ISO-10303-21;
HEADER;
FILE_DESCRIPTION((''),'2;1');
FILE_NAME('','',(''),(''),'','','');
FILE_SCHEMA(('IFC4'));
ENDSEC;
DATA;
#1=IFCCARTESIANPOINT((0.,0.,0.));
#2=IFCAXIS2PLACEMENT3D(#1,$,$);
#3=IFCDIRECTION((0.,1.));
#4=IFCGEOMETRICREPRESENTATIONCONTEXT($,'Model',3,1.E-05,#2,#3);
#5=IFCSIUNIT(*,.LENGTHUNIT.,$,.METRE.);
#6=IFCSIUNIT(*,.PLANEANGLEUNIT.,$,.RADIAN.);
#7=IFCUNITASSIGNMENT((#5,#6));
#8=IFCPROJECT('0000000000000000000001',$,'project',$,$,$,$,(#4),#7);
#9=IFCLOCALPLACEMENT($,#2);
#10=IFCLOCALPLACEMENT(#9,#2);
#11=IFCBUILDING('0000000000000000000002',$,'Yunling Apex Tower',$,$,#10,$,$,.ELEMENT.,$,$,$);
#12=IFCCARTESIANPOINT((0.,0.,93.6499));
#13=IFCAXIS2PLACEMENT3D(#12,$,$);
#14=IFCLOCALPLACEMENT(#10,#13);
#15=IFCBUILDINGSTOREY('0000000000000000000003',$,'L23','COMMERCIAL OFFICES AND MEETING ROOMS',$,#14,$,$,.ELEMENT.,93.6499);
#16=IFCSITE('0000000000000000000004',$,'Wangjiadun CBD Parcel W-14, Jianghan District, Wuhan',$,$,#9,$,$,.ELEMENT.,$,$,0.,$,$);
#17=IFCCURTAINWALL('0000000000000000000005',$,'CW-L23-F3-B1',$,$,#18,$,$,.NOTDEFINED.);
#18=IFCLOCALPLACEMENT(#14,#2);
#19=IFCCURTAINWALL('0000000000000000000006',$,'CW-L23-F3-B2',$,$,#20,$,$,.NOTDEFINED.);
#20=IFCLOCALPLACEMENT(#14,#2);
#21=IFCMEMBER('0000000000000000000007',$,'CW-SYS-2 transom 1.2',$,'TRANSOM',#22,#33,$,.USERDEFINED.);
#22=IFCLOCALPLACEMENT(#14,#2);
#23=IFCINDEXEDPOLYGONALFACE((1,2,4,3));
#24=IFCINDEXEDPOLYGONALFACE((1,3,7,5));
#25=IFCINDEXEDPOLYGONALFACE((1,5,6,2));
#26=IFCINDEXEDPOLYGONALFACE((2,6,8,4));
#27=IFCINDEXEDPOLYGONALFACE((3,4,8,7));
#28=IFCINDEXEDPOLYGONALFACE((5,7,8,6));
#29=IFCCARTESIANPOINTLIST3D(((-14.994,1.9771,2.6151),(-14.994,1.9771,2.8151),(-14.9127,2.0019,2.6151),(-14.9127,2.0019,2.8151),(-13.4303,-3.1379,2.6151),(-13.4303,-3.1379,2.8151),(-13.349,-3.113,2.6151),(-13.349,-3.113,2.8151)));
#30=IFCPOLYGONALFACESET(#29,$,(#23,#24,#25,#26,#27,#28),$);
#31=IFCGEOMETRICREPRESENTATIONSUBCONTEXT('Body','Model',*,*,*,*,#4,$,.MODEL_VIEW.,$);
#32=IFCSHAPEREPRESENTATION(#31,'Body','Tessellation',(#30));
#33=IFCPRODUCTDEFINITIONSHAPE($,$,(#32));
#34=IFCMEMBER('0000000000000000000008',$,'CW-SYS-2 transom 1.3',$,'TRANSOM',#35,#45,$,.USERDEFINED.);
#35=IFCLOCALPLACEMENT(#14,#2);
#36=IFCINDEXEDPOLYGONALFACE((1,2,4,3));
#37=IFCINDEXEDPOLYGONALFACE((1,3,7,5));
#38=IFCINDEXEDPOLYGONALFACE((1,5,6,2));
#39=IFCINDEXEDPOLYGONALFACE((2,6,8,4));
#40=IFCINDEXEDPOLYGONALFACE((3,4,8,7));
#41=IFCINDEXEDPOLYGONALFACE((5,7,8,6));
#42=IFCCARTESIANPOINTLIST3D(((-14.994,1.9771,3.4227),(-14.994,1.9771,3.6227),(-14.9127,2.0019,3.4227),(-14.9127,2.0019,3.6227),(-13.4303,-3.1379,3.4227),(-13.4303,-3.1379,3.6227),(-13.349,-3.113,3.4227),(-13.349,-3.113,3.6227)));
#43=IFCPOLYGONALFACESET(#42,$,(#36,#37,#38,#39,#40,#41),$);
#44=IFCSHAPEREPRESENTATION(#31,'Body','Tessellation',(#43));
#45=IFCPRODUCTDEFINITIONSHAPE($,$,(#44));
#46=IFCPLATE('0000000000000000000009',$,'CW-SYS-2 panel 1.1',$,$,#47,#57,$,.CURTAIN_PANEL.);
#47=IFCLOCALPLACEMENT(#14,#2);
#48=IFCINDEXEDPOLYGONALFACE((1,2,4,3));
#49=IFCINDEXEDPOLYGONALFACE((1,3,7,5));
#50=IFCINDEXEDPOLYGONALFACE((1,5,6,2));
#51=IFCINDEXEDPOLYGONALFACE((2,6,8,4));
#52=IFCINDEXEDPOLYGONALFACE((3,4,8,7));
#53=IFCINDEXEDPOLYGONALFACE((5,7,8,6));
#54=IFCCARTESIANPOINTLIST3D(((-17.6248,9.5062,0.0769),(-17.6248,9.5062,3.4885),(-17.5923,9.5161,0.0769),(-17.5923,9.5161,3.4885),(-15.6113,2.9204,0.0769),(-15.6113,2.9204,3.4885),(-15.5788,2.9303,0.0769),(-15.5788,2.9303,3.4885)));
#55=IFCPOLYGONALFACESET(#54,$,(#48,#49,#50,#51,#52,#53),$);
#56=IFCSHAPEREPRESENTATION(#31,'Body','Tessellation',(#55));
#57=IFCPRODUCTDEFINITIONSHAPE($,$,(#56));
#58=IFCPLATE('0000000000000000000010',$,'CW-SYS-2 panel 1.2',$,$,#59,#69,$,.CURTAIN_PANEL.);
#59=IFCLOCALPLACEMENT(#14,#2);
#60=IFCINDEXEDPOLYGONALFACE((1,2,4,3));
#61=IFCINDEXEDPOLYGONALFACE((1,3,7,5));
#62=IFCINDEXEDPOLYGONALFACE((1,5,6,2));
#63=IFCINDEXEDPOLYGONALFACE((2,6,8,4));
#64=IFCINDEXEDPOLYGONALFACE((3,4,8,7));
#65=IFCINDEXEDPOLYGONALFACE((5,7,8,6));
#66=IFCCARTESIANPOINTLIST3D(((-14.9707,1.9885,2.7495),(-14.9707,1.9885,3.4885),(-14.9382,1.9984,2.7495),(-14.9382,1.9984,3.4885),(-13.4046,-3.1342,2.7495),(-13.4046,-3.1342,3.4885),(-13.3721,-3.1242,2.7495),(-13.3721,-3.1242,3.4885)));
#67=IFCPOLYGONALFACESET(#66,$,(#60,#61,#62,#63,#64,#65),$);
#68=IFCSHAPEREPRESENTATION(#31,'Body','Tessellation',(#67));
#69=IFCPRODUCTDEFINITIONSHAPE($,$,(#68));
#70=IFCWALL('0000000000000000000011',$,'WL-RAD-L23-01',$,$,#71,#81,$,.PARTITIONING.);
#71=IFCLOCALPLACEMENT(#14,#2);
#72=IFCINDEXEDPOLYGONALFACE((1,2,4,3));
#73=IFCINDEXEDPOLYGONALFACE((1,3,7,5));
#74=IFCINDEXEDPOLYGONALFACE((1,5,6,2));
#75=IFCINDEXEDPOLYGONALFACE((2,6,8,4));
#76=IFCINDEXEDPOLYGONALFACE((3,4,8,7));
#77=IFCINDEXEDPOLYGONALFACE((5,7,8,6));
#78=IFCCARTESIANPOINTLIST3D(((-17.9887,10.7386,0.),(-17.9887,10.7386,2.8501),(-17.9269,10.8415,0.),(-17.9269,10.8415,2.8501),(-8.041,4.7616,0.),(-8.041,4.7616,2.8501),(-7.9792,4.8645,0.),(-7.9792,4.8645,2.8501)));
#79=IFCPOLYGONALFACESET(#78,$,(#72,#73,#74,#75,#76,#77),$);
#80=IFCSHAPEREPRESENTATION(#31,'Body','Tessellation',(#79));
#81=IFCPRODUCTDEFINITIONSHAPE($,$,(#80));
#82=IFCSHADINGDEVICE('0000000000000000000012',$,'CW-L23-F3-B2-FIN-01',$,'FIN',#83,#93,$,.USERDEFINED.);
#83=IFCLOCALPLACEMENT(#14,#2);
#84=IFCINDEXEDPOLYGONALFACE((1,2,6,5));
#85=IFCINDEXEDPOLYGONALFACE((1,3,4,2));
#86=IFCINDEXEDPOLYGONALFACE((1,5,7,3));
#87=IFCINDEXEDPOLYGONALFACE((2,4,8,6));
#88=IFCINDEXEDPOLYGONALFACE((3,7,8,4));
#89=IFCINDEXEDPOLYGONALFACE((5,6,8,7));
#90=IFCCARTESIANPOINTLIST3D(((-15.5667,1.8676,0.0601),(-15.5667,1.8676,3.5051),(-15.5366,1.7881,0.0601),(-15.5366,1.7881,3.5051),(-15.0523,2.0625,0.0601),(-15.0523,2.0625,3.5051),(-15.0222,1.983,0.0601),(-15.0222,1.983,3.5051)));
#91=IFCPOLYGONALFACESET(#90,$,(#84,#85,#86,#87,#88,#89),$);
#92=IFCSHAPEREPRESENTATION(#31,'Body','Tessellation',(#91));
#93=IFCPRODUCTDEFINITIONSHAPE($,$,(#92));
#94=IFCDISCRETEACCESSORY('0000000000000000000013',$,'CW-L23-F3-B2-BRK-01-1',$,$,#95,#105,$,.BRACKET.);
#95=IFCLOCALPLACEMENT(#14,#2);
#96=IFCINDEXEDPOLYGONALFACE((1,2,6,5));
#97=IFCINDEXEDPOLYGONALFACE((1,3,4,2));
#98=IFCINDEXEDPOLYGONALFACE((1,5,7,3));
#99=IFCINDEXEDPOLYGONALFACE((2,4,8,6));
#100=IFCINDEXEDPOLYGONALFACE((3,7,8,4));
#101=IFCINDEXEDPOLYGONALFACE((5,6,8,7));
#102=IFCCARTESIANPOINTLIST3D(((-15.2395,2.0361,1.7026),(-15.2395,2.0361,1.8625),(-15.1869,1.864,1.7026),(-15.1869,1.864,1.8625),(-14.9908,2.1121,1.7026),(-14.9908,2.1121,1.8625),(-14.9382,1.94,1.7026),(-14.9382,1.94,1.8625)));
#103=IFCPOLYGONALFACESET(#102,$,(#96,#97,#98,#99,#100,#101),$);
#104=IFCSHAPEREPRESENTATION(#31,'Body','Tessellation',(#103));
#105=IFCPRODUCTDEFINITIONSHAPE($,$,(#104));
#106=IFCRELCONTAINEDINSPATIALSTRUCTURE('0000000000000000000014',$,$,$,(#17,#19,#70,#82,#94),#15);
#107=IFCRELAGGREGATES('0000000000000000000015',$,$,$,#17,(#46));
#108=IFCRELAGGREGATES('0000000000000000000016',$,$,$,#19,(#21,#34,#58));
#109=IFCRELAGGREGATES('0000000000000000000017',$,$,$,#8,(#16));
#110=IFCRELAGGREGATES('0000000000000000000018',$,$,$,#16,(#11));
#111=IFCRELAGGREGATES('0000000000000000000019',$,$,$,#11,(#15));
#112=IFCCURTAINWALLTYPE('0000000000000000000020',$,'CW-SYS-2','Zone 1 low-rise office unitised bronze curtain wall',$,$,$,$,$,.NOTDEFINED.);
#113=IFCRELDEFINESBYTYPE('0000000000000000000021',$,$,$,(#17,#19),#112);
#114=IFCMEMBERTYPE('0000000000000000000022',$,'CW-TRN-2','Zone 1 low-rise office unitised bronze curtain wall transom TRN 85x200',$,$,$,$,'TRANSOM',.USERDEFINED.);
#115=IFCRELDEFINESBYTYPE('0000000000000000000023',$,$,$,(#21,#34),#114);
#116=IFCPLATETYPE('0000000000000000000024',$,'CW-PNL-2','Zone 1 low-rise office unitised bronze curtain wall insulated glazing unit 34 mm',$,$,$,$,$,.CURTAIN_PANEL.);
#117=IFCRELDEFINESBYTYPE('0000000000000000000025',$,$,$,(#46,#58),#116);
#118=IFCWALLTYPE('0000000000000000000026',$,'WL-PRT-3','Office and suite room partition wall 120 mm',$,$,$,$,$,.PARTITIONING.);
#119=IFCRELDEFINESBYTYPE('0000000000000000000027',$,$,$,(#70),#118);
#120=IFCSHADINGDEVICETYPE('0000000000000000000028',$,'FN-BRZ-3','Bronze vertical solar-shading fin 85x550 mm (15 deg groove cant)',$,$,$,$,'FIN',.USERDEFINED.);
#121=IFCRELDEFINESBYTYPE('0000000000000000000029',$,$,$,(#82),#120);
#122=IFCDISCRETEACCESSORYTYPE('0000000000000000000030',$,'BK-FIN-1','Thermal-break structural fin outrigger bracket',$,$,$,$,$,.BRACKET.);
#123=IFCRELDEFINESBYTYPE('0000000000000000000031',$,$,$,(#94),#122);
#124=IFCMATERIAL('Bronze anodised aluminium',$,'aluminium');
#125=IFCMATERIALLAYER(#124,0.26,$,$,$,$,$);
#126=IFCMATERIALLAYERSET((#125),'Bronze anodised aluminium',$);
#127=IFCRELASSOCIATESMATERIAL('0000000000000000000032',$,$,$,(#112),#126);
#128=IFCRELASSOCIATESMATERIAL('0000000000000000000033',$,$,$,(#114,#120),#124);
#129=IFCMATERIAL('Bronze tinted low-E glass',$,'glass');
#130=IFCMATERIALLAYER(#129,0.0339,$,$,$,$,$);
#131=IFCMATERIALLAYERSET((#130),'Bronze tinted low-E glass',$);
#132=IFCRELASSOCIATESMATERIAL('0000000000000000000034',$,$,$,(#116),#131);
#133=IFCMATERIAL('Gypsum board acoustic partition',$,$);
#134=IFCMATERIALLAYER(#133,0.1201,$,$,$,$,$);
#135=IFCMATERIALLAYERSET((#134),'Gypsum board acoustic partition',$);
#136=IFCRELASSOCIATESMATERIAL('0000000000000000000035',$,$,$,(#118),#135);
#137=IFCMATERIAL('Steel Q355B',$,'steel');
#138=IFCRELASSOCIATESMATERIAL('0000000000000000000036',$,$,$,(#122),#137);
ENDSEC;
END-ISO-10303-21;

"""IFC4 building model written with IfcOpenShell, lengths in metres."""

from ifc_helpers import new_model, si_unit, direction, frame, frame_2d, origin, origin_2d, place, context, subcontext, project, spatial, rectangle, extrude, source, transform, mapped, material, layer, layer_set, material_profile, profile_set, type_object, element, aggregate, save


model = new_model("IFC4")

# Units and contexts
model_context = context("Model", 3, precision=1e-05, world=origin(), true_north=direction((0.0, 1.0)))
body_context = subcontext(model_context, "Body", "Model", "MODEL_VIEW")
ifc_project = project(units=[si_unit("LENGTHUNIT", "METRE"), si_unit("PLANEANGLEUNIT", "RADIAN")], contexts=[model_context])

# Site, building, storey
site_placement = place(None, origin())
site = spatial("IfcSite", under=ifc_project, at=site_placement, Name="Wangjiadun CBD Parcel W-14, Jianghan District, Wuhan", CompositionType="ELEMENT", RefElevation=0.0)
building_placement = place(site_placement, origin())
building = spatial("IfcBuilding", under=site, at=building_placement, Name="Yunling Apex Tower", CompositionType="ELEMENT")
storey_placement = place(building_placement, frame((0.0, 0.0, 93.6499)))
storey = spatial("IfcBuildingStorey", under=building, at=storey_placement, Name="L23", Description="COMMERCIAL OFFICES AND MEETING ROOMS", CompositionType="ELEMENT", Elevation=93.6499)

# Shared definitions
ifc_material_1 = material(Name="Steel Q355B", Category="steel")

# Curtain wall
ifc_material_2 = material(Name="Bronze anodised aluminium", Category="aluminium")
ifc_layer_1 = layer(ifc_material_2, 0.26)
ifc_layer_set_1 = layer_set([ifc_layer_1], Name="Bronze anodised aluminium")
curtain_wall_type = type_object("IfcCurtainWallType", Name="CW-SYS-2", Description="Zone 1 low-rise office unitised bronze curtain wall", PredefinedType="NOTDEFINED", material=ifc_layer_set_1)
curtain_wall_1_placement = place(storey_placement, origin())
curtain_wall_1 = element("IfcCurtainWall", 1, at=curtain_wall_1_placement, inside=storey, type_object=curtain_wall_type, Name="CW-L23-F3-B1", PredefinedType="NOTDEFINED")

# Curtain wall, members
curtain_wall_2_placement = place(storey_placement, origin())
curtain_wall_2 = element("IfcCurtainWall", 2, at=curtain_wall_2_placement, inside=storey, type_object=curtain_wall_type, Name="CW-L23-F3-B2", PredefinedType="NOTDEFINED")
ifc_material_profile_1 = material_profile(ifc_material_2, rectangle(XDim=0.085, YDim=0.2, at=origin_2d()))
ifc_profile_set_1 = profile_set([ifc_material_profile_1], Name="Bronze anodised aluminium")
member_type_1 = type_object("IfcMemberType", Name="CW-TRN-2", Description="Zone 1 low-rise office unitised bronze curtain wall transom TRN 85x200", ElementType="TRANSOM", PredefinedType="USERDEFINED", material=ifc_profile_set_1)
shared_shape_1 = source(origin(), body_context, "Body", "SweptSolid", [
    extrude(rectangle(XDim=0.085, YDim=0.2, at=origin_2d()), origin(), (0.0, 0.0, 1.0), 5.3486),
])
member_1_placement = place(storey_placement, frame((-14.9534, 1.9895, 2.7151), z_axis=(0.292357, -0.956309, 0.0), x_axis=(0.956309, 0.292357, 0.0)))
member_1 = element("IfcMember", 3, at=member_1_placement, type_object=member_type_1, Name="CW-SYS-2 transom 1.2", ObjectType="TRANSOM", PredefinedType="USERDEFINED", context=body_context, shape_type="MappedRepresentation", body=[
    mapped(shared_shape_1, transform((0.0, 0.0, 0.0), scale=1.0)),
])
member_2_placement = place(storey_placement, frame((-14.9534, 1.9895, 3.5227), z_axis=(0.292357, -0.956309, 0.0), x_axis=(0.956309, 0.292357, 0.0)))
member_2 = element("IfcMember", 4, at=member_2_placement, type_object=member_type_1, Name="CW-SYS-2 transom 1.3", ObjectType="TRANSOM", PredefinedType="USERDEFINED", context=body_context, shape_type="MappedRepresentation", body=[
    mapped(shared_shape_1, transform((0.0, 0.0, 0.0), scale=1.0)),
])

# Plates
ifc_material_3 = material(Name="Bronze tinted low-E glass", Category="glass")
ifc_layer_2 = layer(ifc_material_3, 0.0339)
ifc_layer_set_2 = layer_set([ifc_layer_2], Name="Bronze tinted low-E glass")
plate_type = type_object("IfcPlateType", Name="CW-PNL-2", Description="Zone 1 low-rise office unitised bronze curtain wall insulated glazing unit 34 mm", PredefinedType="CURTAIN_PANEL", material=ifc_layer_set_2)
shared_shape_2 = source(origin(), body_context, "Body", "SweptSolid", [
    extrude(rectangle(XDim=6.8867, YDim=0.0339, at=origin_2d()), origin(), (0.0, 0.0, 1.0), 3.4116),
])
plate_1_placement = place(storey_placement, frame((-16.6018, 6.2183, 0.0769), z_axis=(0.0, 0.0, 1.0), x_axis=(0.292373, -0.956304, 0.0)))
plate_1 = element("IfcPlate", 5, at=plate_1_placement, type_object=plate_type, Name="CW-SYS-2 panel 1.1", PredefinedType="CURTAIN_PANEL", context=body_context, shape_type="MappedRepresentation", body=[
    mapped(shared_shape_2, transform((0.0, 0.0, 0.0), scale=1.0)),
])
aggregate(curtain_wall_1, [plate_1])
shared_shape_3 = source(origin(), body_context, "Body", "SweptSolid", [
    extrude(rectangle(XDim=5.3567, YDim=0.0339, at=origin_2d()), origin(), (0.0, 0.0, 1.0), 0.739),
])
plate_2_placement = place(storey_placement, frame((-14.1714, -0.5679, 2.7495), z_axis=(0.0, 0.0, 1.0), x_axis=(0.292364, -0.956307, 0.0)))
plate_2 = element("IfcPlate", 6, at=plate_2_placement, type_object=plate_type, Name="CW-SYS-2 panel 1.2", PredefinedType="CURTAIN_PANEL", context=body_context, shape_type="MappedRepresentation", body=[
    mapped(shared_shape_3, transform((0.0, 0.0, 0.0), scale=1.0)),
])
aggregate(curtain_wall_2, [member_1, member_2, plate_2])

# Wall
ifc_material_4 = material(Name="Gypsum board acoustic partition")
ifc_layer_3 = layer(ifc_material_4, 0.1201)
ifc_layer_set_3 = layer_set([ifc_layer_3], Name="Gypsum board acoustic partition")
wall_type = type_object("IfcWallType", Name="WL-PRT-3", Description="Office and suite room partition wall 120 mm", PredefinedType="PARTITIONING", material=ifc_layer_set_3)
wall_placement = place(storey_placement, frame((-8.01, 4.813, 0.0), z_axis=(0.0, 0.0, 1.0), x_axis=(-0.857173, 0.515028, 0.0)))
element("IfcWall", 7, at=wall_placement, inside=storey, type_object=wall_type, Name="WL-RAD-L23-01", PredefinedType="PARTITIONING", context=body_context, shape_type="SweptSolid", body=[
    extrude(rectangle(XDim=11.6052, YDim=0.1201, at=frame_2d((5.8027, 0.0))), origin(), (0.0, 0.0, 1.0), 2.8501),
])

# Shading device
ifc_material_profile_2 = material_profile(ifc_material_2, rectangle(XDim=0.085, YDim=0.55, at=origin_2d()))
ifc_profile_set_2 = profile_set([ifc_material_profile_2], Name="Bronze anodised aluminium")
shading_device_type = type_object("IfcShadingDeviceType", Name="FN-BRZ-3", Description="Bronze vertical solar-shading fin 85x550 mm (15 deg groove cant)", ElementType="FIN", PredefinedType="USERDEFINED", material=ifc_profile_set_2)
shared_shape_4 = source(origin(), body_context, "Body", "SweptSolid", [
    extrude(rectangle(XDim=0.085, YDim=0.55, at=origin_2d()), origin(), (0.0, 0.0, 1.0), 3.4451),
])
shading_device_placement = place(storey_placement, frame((-15.2944, 1.9253, 0.0601), z_axis=(0.0, 0.0, 1.0), x_axis=(0.354291, -0.935135, 0.0)))
element("IfcShadingDevice", 8, at=shading_device_placement, inside=storey, type_object=shading_device_type, Name="CW-L23-F3-B2-FIN-01", ObjectType="FIN", PredefinedType="USERDEFINED", context=body_context, shape_type="MappedRepresentation", body=[
    mapped(shared_shape_4, transform((0.0, 0.0, 0.0), scale=1.0)),
])

# Discrete accessory
discrete_accessory_type = type_object("IfcDiscreteAccessoryType", Name="BK-FIN-1", Description="Thermal-break structural fin outrigger bracket", PredefinedType="BRACKET", material=ifc_material_1)
shared_shape_5 = source(origin(), body_context, "Body", "SweptSolid", [
    extrude(rectangle(XDim=0.1799, YDim=0.26, at=origin_2d()), origin(), (0.0, 0.0, 1.0), 0.1599),
])
discrete_accessory_placement = place(storey_placement, frame((-15.0889, 1.988, 1.7026), z_axis=(0.0, 0.0, 1.0), x_axis=(0.292372, -0.956305, 0.0)))
element("IfcDiscreteAccessory", 9, at=discrete_accessory_placement, inside=storey, type_object=discrete_accessory_type, Name="CW-L23-F3-B2-BRK-01-1", PredefinedType="BRACKET", context=body_context, shape_type="MappedRepresentation", body=[
    mapped(shared_shape_5, transform((0.0, 0.0, 0.0), scale=1.0)),
])

save(model, "model.ifc")
